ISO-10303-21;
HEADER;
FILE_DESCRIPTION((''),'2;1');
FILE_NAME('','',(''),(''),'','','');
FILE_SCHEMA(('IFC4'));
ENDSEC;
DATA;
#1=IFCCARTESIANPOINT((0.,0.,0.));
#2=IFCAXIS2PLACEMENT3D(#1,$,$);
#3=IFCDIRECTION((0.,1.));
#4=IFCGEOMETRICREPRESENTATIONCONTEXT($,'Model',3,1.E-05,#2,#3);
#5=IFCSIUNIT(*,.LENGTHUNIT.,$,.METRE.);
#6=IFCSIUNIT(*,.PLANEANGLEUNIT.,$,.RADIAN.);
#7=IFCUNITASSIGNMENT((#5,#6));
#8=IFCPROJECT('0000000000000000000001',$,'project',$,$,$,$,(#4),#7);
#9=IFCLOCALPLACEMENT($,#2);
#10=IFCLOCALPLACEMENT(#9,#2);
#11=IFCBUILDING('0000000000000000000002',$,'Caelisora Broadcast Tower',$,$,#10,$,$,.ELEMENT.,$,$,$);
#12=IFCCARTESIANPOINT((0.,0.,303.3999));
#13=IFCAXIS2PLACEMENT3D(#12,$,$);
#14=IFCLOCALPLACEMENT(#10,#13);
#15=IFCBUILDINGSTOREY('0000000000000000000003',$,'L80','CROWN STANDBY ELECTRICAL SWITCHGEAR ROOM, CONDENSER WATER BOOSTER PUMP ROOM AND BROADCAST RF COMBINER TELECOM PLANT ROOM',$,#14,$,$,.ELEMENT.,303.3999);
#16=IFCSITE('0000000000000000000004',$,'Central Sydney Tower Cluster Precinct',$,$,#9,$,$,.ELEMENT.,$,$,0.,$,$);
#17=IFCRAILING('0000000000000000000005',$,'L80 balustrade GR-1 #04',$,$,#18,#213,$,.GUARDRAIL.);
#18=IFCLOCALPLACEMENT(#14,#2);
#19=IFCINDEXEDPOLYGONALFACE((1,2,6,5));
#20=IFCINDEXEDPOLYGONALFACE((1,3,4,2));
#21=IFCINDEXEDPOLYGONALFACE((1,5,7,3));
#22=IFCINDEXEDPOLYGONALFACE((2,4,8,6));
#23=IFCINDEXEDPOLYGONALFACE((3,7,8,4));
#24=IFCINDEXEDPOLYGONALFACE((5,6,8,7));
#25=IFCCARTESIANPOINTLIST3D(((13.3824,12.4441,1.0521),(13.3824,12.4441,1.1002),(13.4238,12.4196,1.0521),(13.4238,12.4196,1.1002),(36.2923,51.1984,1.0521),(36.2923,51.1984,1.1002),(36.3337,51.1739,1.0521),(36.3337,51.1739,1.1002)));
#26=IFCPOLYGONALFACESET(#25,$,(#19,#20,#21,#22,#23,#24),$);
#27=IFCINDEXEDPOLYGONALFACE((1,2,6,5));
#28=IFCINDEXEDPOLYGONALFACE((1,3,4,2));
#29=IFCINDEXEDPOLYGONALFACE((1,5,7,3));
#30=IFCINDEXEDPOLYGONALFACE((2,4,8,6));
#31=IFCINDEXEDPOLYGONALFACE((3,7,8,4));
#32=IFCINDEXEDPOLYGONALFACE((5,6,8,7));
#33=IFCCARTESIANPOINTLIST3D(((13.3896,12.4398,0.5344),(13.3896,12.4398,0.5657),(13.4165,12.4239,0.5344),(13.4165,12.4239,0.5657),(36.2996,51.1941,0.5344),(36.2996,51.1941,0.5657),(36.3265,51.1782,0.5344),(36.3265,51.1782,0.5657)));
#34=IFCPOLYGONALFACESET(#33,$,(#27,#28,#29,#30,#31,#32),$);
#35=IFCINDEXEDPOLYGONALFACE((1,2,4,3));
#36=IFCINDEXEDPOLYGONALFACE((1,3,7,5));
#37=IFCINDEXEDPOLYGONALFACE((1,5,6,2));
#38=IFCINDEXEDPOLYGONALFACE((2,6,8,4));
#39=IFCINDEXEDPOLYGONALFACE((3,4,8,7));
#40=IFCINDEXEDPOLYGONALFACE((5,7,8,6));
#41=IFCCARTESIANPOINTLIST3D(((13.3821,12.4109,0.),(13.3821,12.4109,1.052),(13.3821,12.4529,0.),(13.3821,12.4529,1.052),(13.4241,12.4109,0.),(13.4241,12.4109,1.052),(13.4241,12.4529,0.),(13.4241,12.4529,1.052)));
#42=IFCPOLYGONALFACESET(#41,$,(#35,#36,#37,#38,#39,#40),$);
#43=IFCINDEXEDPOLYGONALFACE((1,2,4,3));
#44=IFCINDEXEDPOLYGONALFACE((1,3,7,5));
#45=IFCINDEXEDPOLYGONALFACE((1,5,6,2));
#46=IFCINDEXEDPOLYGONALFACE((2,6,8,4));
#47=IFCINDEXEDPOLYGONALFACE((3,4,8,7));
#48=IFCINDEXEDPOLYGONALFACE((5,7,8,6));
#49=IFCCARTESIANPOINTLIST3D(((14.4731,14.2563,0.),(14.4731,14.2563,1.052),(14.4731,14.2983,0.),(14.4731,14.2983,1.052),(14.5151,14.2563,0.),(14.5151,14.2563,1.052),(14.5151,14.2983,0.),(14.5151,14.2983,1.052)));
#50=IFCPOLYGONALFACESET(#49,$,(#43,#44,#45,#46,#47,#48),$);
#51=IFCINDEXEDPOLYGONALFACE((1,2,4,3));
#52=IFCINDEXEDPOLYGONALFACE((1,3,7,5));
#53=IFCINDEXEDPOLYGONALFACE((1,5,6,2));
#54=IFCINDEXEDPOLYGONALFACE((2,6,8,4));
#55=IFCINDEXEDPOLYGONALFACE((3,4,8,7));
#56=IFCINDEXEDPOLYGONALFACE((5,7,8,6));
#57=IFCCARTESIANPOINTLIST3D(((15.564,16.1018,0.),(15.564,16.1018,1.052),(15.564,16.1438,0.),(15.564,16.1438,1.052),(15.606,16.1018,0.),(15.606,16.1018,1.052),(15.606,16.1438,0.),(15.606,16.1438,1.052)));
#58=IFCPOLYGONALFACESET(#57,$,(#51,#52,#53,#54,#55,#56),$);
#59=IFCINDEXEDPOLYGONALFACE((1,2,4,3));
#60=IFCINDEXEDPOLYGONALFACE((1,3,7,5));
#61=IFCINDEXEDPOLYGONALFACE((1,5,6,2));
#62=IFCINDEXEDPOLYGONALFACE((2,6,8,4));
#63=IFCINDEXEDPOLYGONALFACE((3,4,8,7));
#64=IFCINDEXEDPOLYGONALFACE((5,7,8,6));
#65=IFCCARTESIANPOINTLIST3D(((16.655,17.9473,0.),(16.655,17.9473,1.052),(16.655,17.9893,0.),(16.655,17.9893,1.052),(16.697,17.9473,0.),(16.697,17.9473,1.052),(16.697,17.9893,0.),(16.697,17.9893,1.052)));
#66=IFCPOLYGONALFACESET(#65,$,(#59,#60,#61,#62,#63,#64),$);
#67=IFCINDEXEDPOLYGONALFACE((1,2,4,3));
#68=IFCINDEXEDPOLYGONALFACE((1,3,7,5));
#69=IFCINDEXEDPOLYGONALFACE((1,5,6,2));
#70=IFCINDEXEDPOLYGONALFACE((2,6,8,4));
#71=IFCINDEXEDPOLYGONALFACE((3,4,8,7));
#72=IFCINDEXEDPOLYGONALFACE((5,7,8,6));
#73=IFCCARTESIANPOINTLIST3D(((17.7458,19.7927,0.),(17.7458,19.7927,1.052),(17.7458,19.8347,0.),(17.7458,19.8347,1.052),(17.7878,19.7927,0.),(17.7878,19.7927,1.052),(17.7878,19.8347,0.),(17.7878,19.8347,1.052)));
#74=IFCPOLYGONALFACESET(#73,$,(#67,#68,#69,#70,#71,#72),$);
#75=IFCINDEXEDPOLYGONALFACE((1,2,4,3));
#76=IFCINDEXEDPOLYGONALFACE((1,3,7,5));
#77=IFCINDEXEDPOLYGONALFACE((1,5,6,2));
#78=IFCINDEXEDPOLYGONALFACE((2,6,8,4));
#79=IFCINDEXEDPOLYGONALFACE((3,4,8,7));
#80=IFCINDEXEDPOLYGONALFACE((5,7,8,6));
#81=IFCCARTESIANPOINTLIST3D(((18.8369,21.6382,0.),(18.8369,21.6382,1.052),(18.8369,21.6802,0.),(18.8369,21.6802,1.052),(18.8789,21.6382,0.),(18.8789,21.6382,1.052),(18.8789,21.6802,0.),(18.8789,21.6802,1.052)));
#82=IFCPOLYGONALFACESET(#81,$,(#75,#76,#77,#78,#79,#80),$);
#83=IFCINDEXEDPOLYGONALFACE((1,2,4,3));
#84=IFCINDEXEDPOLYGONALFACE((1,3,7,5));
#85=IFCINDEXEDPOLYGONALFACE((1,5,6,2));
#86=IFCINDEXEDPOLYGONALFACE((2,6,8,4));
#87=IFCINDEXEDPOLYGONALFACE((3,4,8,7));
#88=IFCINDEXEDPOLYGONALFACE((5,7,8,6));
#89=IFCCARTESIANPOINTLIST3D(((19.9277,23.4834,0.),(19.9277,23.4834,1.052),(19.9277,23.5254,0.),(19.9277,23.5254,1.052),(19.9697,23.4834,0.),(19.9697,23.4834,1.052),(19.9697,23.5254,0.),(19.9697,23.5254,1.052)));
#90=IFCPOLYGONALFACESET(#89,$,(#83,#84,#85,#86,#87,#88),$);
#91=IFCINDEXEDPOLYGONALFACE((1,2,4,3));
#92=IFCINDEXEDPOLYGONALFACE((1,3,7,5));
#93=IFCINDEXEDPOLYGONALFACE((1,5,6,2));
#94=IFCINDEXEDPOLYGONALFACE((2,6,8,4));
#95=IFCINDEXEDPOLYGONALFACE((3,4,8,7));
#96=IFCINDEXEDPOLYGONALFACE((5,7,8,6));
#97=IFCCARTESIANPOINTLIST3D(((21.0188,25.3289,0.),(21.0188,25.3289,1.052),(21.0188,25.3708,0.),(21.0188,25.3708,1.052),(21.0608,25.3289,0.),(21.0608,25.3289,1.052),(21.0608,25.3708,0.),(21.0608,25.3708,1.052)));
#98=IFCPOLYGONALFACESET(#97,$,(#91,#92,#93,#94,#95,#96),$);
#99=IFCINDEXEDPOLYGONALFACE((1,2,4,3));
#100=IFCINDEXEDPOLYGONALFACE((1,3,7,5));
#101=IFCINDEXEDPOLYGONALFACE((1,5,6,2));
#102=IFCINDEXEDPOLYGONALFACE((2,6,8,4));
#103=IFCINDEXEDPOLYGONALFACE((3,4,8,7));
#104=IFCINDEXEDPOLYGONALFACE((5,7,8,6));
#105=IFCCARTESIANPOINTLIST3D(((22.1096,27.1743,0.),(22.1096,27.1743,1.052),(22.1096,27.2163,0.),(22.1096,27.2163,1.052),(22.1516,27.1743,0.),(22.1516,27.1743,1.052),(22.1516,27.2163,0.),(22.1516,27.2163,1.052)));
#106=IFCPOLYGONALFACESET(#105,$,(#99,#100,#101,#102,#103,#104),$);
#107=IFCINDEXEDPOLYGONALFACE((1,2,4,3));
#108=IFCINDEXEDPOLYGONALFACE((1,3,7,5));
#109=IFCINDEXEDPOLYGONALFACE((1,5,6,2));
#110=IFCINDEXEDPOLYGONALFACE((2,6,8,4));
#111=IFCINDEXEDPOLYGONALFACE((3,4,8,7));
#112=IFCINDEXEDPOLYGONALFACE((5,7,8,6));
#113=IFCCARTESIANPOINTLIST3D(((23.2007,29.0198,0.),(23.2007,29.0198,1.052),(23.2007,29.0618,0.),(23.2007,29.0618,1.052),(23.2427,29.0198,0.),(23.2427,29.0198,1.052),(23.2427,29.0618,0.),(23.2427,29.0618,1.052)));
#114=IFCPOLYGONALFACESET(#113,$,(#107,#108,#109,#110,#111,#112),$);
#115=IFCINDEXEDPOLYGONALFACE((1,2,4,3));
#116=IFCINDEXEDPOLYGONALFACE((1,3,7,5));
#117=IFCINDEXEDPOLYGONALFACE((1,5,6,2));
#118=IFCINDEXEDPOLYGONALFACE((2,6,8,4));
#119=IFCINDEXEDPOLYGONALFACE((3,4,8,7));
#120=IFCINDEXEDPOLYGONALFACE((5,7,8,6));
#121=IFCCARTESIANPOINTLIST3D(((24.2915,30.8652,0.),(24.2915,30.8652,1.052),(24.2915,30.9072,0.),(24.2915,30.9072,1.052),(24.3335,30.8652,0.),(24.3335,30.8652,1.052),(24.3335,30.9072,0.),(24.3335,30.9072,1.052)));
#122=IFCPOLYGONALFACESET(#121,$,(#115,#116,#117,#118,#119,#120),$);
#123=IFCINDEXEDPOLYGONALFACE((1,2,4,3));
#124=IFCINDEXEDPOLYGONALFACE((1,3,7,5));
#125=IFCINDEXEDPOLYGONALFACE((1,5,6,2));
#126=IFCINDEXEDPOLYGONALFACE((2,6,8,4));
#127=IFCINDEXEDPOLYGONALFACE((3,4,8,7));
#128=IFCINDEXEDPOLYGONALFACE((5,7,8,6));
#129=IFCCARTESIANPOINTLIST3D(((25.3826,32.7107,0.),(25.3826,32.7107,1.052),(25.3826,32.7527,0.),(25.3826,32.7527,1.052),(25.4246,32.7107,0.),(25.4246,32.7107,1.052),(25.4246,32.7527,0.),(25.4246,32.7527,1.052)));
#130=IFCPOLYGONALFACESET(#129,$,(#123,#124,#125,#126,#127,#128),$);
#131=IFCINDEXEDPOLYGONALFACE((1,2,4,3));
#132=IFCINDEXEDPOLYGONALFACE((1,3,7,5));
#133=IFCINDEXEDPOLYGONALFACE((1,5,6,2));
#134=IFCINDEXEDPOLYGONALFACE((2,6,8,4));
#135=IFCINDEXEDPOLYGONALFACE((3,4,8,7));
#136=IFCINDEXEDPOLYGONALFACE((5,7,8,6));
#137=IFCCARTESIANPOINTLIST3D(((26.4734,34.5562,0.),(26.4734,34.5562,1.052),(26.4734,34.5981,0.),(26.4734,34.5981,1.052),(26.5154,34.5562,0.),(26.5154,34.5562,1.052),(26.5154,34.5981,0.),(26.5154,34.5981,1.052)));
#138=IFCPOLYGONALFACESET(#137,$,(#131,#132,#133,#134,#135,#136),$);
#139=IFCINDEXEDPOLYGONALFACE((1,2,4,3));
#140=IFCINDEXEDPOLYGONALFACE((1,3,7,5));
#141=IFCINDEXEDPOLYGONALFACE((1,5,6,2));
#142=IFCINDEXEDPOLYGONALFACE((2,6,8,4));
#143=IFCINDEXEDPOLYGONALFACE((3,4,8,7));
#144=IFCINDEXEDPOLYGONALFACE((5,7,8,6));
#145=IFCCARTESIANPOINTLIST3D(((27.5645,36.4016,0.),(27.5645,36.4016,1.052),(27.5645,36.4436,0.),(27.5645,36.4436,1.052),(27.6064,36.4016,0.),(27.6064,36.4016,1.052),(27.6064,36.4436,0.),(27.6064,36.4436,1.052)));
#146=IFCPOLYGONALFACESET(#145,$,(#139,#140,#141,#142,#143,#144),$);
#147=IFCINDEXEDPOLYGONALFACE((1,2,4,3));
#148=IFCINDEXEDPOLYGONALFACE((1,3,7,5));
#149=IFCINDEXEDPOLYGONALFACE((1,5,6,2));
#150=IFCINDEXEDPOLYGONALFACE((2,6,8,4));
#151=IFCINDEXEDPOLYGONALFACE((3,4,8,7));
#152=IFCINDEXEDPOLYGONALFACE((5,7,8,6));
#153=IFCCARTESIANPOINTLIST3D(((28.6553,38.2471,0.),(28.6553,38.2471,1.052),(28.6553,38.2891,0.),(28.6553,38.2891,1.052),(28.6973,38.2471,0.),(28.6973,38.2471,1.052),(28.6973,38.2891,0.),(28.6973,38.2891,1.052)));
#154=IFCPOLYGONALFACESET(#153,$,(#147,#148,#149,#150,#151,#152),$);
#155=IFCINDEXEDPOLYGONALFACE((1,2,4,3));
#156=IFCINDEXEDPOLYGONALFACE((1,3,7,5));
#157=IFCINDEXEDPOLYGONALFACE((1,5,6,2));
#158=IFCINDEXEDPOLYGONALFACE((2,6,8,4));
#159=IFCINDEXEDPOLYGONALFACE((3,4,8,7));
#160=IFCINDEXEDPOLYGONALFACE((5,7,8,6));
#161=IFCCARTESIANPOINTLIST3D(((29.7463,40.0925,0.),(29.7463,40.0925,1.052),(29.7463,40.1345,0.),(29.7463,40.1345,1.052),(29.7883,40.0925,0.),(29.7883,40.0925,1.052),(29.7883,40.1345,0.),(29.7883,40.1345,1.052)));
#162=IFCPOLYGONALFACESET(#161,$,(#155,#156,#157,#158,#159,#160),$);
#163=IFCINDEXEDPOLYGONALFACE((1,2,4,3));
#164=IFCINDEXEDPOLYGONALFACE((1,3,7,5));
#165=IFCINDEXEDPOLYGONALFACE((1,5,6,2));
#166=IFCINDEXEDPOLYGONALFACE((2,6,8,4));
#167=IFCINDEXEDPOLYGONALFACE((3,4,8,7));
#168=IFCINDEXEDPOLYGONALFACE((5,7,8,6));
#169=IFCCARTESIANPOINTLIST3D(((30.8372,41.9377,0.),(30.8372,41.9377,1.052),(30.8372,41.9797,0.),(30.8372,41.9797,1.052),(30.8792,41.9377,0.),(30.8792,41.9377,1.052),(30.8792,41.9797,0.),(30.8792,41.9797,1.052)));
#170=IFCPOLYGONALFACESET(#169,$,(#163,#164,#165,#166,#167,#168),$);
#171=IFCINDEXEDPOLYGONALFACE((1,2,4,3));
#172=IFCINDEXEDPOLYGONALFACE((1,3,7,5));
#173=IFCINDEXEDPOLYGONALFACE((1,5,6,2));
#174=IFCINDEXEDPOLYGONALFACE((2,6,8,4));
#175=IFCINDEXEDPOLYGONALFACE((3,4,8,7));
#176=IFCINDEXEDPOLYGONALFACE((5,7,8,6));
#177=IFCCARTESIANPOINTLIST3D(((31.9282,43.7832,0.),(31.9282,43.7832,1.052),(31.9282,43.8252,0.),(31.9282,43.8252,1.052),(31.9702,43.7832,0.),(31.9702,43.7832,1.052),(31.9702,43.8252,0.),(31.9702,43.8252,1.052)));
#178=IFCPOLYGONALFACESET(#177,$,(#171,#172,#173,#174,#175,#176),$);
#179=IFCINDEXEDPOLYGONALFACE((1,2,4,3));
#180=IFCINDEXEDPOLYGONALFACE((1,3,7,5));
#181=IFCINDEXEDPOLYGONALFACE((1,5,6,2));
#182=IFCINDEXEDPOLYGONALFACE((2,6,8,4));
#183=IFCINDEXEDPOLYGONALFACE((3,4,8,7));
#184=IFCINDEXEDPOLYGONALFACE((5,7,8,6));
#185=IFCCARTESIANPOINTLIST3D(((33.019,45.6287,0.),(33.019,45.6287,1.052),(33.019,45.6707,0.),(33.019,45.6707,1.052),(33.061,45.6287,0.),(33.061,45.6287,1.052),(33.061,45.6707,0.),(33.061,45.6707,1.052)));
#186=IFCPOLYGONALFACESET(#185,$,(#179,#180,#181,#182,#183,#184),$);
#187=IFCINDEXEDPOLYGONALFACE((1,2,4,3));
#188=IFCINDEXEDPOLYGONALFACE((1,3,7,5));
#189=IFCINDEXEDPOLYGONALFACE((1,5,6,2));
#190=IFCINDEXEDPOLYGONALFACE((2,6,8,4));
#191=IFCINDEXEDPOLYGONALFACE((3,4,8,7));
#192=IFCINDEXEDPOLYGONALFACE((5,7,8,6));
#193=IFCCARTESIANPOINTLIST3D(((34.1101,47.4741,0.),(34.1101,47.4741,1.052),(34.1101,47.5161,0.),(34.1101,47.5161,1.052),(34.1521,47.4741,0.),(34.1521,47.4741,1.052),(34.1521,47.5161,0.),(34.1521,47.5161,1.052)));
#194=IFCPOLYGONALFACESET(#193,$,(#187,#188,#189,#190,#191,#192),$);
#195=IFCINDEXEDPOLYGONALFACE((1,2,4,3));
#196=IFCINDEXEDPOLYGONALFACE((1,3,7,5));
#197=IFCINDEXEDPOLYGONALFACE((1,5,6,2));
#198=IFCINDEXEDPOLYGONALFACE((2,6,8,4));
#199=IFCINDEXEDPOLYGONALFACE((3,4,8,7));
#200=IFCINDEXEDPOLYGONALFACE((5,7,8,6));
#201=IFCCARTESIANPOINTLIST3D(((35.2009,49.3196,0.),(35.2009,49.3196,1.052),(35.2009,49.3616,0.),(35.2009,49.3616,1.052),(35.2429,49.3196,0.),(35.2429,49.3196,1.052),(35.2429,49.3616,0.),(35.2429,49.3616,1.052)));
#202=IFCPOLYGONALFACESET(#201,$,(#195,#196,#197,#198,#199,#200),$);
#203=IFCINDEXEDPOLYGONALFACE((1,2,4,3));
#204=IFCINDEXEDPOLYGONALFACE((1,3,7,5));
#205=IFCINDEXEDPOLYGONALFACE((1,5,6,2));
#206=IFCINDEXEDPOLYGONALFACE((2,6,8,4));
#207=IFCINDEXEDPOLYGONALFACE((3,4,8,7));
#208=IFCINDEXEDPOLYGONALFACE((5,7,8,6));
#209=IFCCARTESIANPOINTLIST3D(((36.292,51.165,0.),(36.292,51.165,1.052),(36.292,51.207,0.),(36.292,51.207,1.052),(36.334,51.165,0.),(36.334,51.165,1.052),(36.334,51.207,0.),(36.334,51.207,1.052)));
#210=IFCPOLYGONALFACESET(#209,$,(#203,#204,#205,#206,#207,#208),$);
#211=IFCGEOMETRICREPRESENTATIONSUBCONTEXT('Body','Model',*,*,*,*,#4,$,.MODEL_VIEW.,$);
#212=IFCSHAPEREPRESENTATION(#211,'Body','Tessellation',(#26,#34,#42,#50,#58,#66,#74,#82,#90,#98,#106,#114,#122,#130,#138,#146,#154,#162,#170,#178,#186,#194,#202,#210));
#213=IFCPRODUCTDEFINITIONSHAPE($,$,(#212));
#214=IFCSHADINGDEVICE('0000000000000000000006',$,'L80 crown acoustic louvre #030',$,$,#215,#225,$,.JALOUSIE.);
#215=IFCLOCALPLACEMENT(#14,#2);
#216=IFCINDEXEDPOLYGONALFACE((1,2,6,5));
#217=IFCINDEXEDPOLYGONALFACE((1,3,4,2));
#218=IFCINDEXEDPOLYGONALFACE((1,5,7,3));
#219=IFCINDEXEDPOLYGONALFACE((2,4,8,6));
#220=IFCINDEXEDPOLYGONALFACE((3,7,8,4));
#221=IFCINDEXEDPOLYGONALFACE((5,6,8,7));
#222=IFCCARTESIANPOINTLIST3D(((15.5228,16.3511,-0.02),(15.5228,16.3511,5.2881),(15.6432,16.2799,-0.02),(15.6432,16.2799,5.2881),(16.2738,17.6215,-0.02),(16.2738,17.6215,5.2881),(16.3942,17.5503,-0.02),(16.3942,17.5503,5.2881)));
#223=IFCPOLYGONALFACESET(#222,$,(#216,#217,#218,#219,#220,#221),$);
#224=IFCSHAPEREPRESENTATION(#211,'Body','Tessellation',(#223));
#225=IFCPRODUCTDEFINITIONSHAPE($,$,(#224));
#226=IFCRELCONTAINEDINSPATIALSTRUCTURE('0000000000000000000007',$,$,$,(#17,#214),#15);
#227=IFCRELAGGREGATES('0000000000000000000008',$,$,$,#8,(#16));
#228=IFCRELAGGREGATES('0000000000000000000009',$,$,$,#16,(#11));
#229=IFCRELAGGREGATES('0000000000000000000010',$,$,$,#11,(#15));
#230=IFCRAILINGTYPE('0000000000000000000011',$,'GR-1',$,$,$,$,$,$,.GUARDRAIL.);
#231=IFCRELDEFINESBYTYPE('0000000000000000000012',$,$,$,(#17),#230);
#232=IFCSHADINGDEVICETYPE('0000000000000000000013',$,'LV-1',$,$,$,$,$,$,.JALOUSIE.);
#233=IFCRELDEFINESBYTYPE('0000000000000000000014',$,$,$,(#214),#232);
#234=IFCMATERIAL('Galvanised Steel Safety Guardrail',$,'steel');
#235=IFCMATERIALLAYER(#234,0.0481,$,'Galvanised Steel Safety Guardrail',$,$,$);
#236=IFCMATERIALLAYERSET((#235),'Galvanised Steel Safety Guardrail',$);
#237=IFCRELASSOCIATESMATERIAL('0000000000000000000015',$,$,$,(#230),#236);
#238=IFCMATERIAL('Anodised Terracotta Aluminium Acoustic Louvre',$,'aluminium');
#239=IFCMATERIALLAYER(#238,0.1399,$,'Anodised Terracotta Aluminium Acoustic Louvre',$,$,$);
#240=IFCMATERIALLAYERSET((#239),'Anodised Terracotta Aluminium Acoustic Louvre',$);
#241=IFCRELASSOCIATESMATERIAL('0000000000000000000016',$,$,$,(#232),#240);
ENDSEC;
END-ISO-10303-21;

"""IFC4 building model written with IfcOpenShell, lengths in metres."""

from ifc_helpers import new_model, si_unit, direction, frame, origin, origin_2d, place, context, subcontext, project, spatial, rectangle, extrude, source, transform, mapped, material, layer, layer_set, type_object, element, save


model = new_model("IFC4")

# Units and contexts
model_context = context("Model", 3, precision=1e-05, world=origin(), true_north=direction((0.0, 1.0)))
body_context = subcontext(model_context, "Body", "Model", "MODEL_VIEW")
ifc_project = project(units=[si_unit("LENGTHUNIT", "METRE"), si_unit("PLANEANGLEUNIT", "RADIAN")], contexts=[model_context])

# Site, building, storey
site_placement = place(None, origin())
site = spatial("IfcSite", under=ifc_project, at=site_placement, Name="Central Sydney Tower Cluster Precinct", CompositionType="ELEMENT", RefElevation=0.0)
building_placement = place(site_placement, origin())
building = spatial("IfcBuilding", under=site, at=building_placement, Name="Caelisora Broadcast Tower", CompositionType="ELEMENT")
storey_placement = place(building_placement, frame((0.0, 0.0, 303.3999)))
storey = spatial("IfcBuildingStorey", under=building, at=storey_placement, Name="L80", Description="CROWN STANDBY ELECTRICAL SWITCHGEAR ROOM, CONDENSER WATER BOOSTER PUMP ROOM AND BROADCAST RF COMBINER TELECOM PLANT ROOM", CompositionType="ELEMENT", Elevation=303.3999)

# Railing
ifc_material_1 = material(Name="Galvanised Steel Safety Guardrail", Category="steel")
ifc_layer_1 = layer(ifc_material_1, 0.0481, Name="Galvanised Steel Safety Guardrail")
ifc_layer_set_1 = layer_set([ifc_layer_1], Name="Galvanised Steel Safety Guardrail")
railing_type = type_object("IfcRailingType", Name="GR-1", PredefinedType="GUARDRAIL", material=ifc_layer_set_1)
railing_1_placement = place(storey_placement, frame((13.4031, 12.4319, 0.0)))
element("IfcRailing", 1, at=railing_1_placement, inside=storey, type_object=railing_type, Name="L80 balustrade GR-1 #04", PredefinedType="GUARDRAIL", context=body_context, shape_type="SweptSolid", body=[
    extrude(rectangle(XDim=0.0481, YDim=0.0481, at=origin_2d()), frame((0.0, 0.0, 1.0762), z_axis=(0.50889, 0.860832, 0.0), x_axis=(-0.860832, 0.50889, 0.0)), (0.0, 0.0, 1.0), 45.0195),
    extrude(rectangle(XDim=0.0312, YDim=0.0312, at=origin_2d()), frame((0.0, 0.0, 0.55), z_axis=(0.50889, 0.860832, 0.0), x_axis=(-0.860832, 0.50889, 0.0)), (0.0, 0.0, 1.0), 45.0195),
    extrude(rectangle(XDim=0.042, YDim=0.042, at=origin_2d()), origin(), (0.0, 0.0, 1.0), 1.052),
    extrude(rectangle(XDim=0.042, YDim=0.042, at=origin_2d()), frame((1.0911, 1.8455, 0.0)), (0.0, 0.0, 1.0), 1.052),
    extrude(rectangle(XDim=0.042, YDim=0.042, at=origin_2d()), frame((2.1819, 3.6909, 0.0)), (0.0, 0.0, 1.0), 1.052),
    extrude(rectangle(XDim=0.042, YDim=0.042, at=origin_2d()), frame((3.2729, 5.5364, 0.0)), (0.0, 0.0, 1.0), 1.052),
    extrude(rectangle(XDim=0.042, YDim=0.042, at=origin_2d()), frame((4.3638, 7.3818, 0.0)), (0.0, 0.0, 1.0), 1.052),
    extrude(rectangle(XDim=0.042, YDim=0.042, at=origin_2d()), frame((5.4548, 9.2273, 0.0)), (0.0, 0.0, 1.0), 1.052),
    extrude(rectangle(XDim=0.042, YDim=0.042, at=origin_2d()), frame((6.5457, 11.0725, 0.0)), (0.0, 0.0, 1.0), 1.052),
    extrude(rectangle(XDim=0.042, YDim=0.042, at=origin_2d()), frame((7.6367, 12.918, 0.0)), (0.0, 0.0, 1.0), 1.052),
    extrude(rectangle(XDim=0.042, YDim=0.042, at=origin_2d()), frame((8.7275, 14.7634, 0.0)), (0.0, 0.0, 1.0), 1.052),
    extrude(rectangle(XDim=0.042, YDim=0.042, at=origin_2d()), frame((9.8186, 16.6089, 0.0)), (0.0, 0.0, 1.0), 1.052),
    extrude(rectangle(XDim=0.042, YDim=0.042, at=origin_2d()), frame((10.9094, 18.4543, 0.0)), (0.0, 0.0, 1.0), 1.052),
    extrude(rectangle(XDim=0.042, YDim=0.042, at=origin_2d()), frame((12.0005, 20.2998, 0.0)), (0.0, 0.0, 1.0), 1.052),
    extrude(rectangle(XDim=0.042, YDim=0.042, at=origin_2d()), frame((13.0913, 22.1453, 0.0)), (0.0, 0.0, 1.0), 1.052),
    extrude(rectangle(XDim=0.042, YDim=0.042, at=origin_2d()), frame((14.1824, 23.9907, 0.0)), (0.0, 0.0, 1.0), 1.052),
    extrude(rectangle(XDim=0.042, YDim=0.042, at=origin_2d()), frame((15.2732, 25.8362, 0.0)), (0.0, 0.0, 1.0), 1.052),
    extrude(rectangle(XDim=0.042, YDim=0.042, at=origin_2d()), frame((16.3643, 27.6816, 0.0)), (0.0, 0.0, 1.0), 1.052),
    extrude(rectangle(XDim=0.042, YDim=0.042, at=origin_2d()), frame((17.4551, 29.5269, 0.0)), (0.0, 0.0, 1.0), 1.052),
    extrude(rectangle(XDim=0.042, YDim=0.042, at=origin_2d()), frame((18.5461, 31.3723, 0.0)), (0.0, 0.0, 1.0), 1.052),
    extrude(rectangle(XDim=0.042, YDim=0.042, at=origin_2d()), frame((19.637, 33.2178, 0.0)), (0.0, 0.0, 1.0), 1.052),
    extrude(rectangle(XDim=0.042, YDim=0.042, at=origin_2d()), frame((20.728, 35.0632, 0.0)), (0.0, 0.0, 1.0), 1.052),
    extrude(rectangle(XDim=0.042, YDim=0.042, at=origin_2d()), frame((21.8188, 36.9087, 0.0)), (0.0, 0.0, 1.0), 1.052),
    extrude(rectangle(XDim=0.042, YDim=0.042, at=origin_2d()), frame((22.9099, 38.7542, 0.0)), (0.0, 0.0, 1.0), 1.052),
])

# Shading device
ifc_material_2 = material(Name="Anodised Terracotta Aluminium Acoustic Louvre", Category="aluminium")
ifc_layer_2 = layer(ifc_material_2, 0.1399, Name="Anodised Terracotta Aluminium Acoustic Louvre")
ifc_layer_set_2 = layer_set([ifc_layer_2], Name="Anodised Terracotta Aluminium Acoustic Louvre")
shading_device_type = type_object("IfcShadingDeviceType", Name="LV-1", PredefinedType="JALOUSIE", material=ifc_layer_set_2)
shared_shape_1 = source(origin(), body_context, "Body", "SweptSolid", [
    extrude(rectangle(XDim=1.4758, YDim=0.1399, at=origin_2d()), origin(), (0.0, 0.0, 1.0), 5.3081),
])
shading_device_1_placement = place(storey_placement, frame((15.9585, 16.9507, -0.02), z_axis=(0.0, 0.0, 1.0), x_axis=(-0.508891, -0.860831, 0.0)))
element("IfcShadingDevice", 2, at=shading_device_1_placement, inside=storey, type_object=shading_device_type, Name="L80 crown acoustic louvre #030", PredefinedType="JALOUSIE", context=body_context, shape_type="MappedRepresentation", body=[
    mapped(shared_shape_1, transform((0.0, 0.0, 0.0), scale=1.0)),
])

save(model, "model.ifc")
